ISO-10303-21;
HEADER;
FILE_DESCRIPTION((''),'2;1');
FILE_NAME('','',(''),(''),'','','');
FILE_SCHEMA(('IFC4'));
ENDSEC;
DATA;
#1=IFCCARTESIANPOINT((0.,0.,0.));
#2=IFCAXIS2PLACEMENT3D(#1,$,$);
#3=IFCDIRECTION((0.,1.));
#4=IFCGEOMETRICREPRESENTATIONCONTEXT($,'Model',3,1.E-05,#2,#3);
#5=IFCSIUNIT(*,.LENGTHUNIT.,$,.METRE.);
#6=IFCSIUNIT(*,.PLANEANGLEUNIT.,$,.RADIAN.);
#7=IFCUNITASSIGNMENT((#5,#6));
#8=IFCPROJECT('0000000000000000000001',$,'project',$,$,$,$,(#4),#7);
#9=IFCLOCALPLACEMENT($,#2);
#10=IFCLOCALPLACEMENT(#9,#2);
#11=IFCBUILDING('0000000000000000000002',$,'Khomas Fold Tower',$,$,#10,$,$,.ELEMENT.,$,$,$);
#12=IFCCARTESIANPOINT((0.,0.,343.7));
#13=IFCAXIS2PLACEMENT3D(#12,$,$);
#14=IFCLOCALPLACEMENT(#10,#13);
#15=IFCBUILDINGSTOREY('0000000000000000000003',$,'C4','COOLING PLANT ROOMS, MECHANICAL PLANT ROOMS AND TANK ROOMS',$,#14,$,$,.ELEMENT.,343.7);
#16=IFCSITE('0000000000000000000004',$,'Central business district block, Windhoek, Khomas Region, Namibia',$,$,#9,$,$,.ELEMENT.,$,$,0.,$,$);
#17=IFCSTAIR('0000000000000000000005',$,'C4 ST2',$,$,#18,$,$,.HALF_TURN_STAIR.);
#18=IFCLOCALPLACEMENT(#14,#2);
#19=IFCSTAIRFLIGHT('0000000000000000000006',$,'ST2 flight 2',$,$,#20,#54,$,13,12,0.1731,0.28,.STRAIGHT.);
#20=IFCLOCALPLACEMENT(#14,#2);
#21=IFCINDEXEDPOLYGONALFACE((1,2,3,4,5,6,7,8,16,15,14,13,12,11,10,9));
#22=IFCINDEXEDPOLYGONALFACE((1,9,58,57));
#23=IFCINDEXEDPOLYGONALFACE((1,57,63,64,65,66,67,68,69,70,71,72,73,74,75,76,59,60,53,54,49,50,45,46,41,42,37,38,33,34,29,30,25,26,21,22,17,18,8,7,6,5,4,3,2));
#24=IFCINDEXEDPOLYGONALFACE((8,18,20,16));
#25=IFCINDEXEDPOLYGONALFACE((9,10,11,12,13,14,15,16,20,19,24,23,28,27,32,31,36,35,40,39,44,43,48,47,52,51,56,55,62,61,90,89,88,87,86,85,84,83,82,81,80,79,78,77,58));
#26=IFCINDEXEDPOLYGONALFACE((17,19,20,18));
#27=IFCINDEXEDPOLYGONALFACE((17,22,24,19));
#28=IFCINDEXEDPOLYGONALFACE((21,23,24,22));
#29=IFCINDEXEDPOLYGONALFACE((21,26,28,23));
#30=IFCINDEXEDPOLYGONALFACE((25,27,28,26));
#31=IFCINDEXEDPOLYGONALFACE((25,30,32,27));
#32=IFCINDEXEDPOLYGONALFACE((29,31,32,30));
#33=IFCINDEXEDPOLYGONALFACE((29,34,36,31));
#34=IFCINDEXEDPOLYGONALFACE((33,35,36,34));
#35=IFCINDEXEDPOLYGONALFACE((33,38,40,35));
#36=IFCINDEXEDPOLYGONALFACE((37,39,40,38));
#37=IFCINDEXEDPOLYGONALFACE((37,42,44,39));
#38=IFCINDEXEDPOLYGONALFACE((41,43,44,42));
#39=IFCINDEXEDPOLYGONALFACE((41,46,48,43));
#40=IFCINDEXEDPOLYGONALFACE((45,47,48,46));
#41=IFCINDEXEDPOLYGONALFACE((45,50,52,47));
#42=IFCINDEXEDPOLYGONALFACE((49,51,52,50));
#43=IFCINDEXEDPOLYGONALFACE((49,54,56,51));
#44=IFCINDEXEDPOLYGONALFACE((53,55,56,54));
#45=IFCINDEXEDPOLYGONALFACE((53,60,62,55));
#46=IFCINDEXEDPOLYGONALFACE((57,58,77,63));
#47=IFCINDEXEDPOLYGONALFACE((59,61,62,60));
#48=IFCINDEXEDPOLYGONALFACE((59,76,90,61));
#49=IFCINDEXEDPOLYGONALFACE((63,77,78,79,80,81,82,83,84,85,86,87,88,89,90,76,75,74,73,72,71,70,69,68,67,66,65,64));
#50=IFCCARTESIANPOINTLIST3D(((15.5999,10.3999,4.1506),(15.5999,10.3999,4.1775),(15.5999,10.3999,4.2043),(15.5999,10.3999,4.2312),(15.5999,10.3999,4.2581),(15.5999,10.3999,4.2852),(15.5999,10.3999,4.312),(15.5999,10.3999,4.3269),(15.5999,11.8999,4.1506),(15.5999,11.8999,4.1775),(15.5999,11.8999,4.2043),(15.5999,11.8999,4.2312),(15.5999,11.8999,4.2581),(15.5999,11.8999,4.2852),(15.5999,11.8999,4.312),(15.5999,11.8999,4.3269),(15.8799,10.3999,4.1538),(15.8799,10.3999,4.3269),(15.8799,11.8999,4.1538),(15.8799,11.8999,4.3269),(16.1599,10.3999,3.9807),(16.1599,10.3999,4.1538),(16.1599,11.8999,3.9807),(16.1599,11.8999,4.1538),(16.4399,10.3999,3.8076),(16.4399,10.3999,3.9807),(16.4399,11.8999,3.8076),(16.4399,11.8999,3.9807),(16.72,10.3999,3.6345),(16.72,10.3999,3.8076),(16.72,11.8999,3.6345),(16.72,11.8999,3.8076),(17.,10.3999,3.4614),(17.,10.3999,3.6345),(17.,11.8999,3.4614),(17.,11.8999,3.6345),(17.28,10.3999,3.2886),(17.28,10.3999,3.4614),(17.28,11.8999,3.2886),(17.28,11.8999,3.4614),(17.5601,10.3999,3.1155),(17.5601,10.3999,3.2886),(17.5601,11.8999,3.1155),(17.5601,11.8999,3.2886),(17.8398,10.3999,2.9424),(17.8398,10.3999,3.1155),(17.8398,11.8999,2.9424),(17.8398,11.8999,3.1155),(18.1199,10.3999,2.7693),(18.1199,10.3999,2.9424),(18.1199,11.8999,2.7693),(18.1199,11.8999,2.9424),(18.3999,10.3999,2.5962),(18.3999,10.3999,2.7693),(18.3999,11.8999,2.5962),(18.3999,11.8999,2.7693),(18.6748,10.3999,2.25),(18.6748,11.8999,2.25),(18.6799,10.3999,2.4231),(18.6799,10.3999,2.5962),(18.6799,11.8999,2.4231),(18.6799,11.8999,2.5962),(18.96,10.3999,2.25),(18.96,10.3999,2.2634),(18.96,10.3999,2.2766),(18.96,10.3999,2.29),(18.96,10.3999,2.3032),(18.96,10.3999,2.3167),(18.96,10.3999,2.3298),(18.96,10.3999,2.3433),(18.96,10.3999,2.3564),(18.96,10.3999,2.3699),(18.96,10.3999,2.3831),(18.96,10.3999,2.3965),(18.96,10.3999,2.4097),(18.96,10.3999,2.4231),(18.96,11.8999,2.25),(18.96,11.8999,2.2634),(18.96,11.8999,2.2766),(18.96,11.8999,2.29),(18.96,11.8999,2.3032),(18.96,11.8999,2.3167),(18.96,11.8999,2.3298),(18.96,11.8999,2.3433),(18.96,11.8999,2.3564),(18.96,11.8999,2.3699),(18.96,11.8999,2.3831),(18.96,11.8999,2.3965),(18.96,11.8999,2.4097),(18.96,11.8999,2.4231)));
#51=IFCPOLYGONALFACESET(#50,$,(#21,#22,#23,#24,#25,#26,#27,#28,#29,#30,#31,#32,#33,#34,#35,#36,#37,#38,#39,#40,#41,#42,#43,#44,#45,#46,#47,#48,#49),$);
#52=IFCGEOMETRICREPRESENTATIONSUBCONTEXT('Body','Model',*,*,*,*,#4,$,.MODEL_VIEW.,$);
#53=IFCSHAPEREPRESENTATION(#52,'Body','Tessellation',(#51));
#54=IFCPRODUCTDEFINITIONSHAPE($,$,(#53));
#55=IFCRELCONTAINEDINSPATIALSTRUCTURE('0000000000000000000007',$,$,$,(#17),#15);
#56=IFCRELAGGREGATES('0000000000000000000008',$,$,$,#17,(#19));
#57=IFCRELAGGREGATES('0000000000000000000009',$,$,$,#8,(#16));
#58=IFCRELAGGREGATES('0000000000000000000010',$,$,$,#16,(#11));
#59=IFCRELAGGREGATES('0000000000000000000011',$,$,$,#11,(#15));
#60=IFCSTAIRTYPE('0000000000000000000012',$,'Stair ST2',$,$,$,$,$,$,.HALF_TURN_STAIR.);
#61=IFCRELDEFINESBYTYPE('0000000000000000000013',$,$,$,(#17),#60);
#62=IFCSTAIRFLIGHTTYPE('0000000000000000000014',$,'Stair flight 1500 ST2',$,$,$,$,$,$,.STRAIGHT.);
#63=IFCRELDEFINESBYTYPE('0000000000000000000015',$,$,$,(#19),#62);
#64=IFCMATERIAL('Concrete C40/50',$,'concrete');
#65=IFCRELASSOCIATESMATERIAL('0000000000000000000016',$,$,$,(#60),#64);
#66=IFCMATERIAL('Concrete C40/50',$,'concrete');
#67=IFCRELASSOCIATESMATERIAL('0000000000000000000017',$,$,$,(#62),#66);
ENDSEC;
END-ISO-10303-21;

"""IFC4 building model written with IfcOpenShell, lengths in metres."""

from ifc_helpers import new_model, si_unit, direction, frame, origin, place, context, subcontext, project, spatial, polyline, outline, extrude, source, transform, mapped, material, type_object, element, aggregate, save


model = new_model("IFC4")

# Units and contexts
model_context = context("Model", 3, precision=1e-05, world=origin(), true_north=direction((0.0, 1.0)))
body_context = subcontext(model_context, "Body", "Model", "MODEL_VIEW")
ifc_project = project(units=[si_unit("LENGTHUNIT", "METRE"), si_unit("PLANEANGLEUNIT", "RADIAN")], contexts=[model_context])

# Site, building, storey
site_placement = place(None, origin())
site = spatial("IfcSite", under=ifc_project, at=site_placement, Name="Central business district block, Windhoek, Khomas Region, Namibia", CompositionType="ELEMENT", RefElevation=0.0)
building_placement = place(site_placement, origin())
building = spatial("IfcBuilding", under=site, at=building_placement, Name="Khomas Fold Tower", CompositionType="ELEMENT")
storey_placement = place(building_placement, frame((0.0, 0.0, 343.7)))
storey = spatial("IfcBuildingStorey", under=building, at=storey_placement, Name="C4", Description="COOLING PLANT ROOMS, MECHANICAL PLANT ROOMS AND TANK ROOMS", CompositionType="ELEMENT", Elevation=343.7)

# Stair, stair flight
ifc_material_1 = material(Name="Concrete C40/50", Category="concrete")
stair_type = type_object("IfcStairType", Name="Stair ST2", PredefinedType="HALF_TURN_STAIR", material=ifc_material_1)
stair_placement = place(storey_placement, origin())
stair = element("IfcStair", 1, at=stair_placement, inside=storey, type_object=stair_type, Name="C4 ST2", PredefinedType="HALF_TURN_STAIR")
ifc_material_2 = material(Name="Concrete C40/50", Category="concrete")
stair_flight_type = type_object("IfcStairFlightType", Name="Stair flight 1500 ST2", PredefinedType="STRAIGHT", material=ifc_material_2)
shared_shape_1 = source(origin(), body_context, "Body", "SweptSolid", [
    extrude(outline(polyline([(0.0, 0.0), (0.0, 0.0134), (0.0, 0.0266), (0.0, 0.04), (0.0, 0.0532), (0.0, 0.0667), (0.0, 0.0798), (0.0, 0.0933), (0.0, 0.1064), (0.0, 0.1199), (0.0, 0.1331), (0.0, 0.1465), (0.0, 0.1597), (0.0, 0.1731), (0.28, 0.1731), (0.28, 0.3462), (0.5601, 0.3462), (0.5601, 0.5193), (0.8401, 0.5193), (0.8401, 0.6924), (1.1201, 0.6924), (1.1201, 0.8655), (1.3999, 0.8655), (1.3999, 1.0386), (1.6799, 1.0386), (1.6799, 1.2114), (1.96, 1.2114), (1.96, 1.3845), (2.24, 1.3845), (2.24, 1.5576), (2.52, 1.5576), (2.52, 1.7307), (2.8, 1.7307), (2.8, 1.9038), (3.0801, 1.9038), (3.0801, 2.0769), (3.3601, 2.0769), (3.3601, 2.25), (3.3601, 2.2231), (3.3601, 2.1963), (3.3601, 2.1694), (3.3601, 2.1426), (3.3601, 2.1157), (3.3601, 2.0889), (3.3601, 2.062), (3.3601, 2.0352), (3.3601, 2.0081), (3.3601, 1.9812), (3.3601, 1.9543), (3.3601, 1.9275), (3.3601, 1.9006), (0.2852, 0.0), (0.0, 0.0)])), frame((0.0, 0.75, 0.0), z_axis=(0.0, -1.0, 0.0), x_axis=(1.0, 0.0, 0.0)), (0.0, 0.0, 1.0), 1.5),
])
stair_flight_placement = place(storey_placement, frame((18.96, 11.1499, 2.25), z_axis=(0.0, 0.0, 1.0), x_axis=(-1.0, 0.0, 0.0)))
stair_flight = element("IfcStairFlight", 2, at=stair_flight_placement, type_object=stair_flight_type, Name="ST2 flight 2", NumberOfRisers=13, NumberOfTreads=12, PredefinedType="STRAIGHT", RiserHeight=0.1731, TreadLength=0.28, context=body_context, shape_type="MappedRepresentation", body=[
    mapped(shared_shape_1, transform((0.0, 0.0, 0.0))),
])
aggregate(stair, [stair_flight])

save(model, "model.ifc")
